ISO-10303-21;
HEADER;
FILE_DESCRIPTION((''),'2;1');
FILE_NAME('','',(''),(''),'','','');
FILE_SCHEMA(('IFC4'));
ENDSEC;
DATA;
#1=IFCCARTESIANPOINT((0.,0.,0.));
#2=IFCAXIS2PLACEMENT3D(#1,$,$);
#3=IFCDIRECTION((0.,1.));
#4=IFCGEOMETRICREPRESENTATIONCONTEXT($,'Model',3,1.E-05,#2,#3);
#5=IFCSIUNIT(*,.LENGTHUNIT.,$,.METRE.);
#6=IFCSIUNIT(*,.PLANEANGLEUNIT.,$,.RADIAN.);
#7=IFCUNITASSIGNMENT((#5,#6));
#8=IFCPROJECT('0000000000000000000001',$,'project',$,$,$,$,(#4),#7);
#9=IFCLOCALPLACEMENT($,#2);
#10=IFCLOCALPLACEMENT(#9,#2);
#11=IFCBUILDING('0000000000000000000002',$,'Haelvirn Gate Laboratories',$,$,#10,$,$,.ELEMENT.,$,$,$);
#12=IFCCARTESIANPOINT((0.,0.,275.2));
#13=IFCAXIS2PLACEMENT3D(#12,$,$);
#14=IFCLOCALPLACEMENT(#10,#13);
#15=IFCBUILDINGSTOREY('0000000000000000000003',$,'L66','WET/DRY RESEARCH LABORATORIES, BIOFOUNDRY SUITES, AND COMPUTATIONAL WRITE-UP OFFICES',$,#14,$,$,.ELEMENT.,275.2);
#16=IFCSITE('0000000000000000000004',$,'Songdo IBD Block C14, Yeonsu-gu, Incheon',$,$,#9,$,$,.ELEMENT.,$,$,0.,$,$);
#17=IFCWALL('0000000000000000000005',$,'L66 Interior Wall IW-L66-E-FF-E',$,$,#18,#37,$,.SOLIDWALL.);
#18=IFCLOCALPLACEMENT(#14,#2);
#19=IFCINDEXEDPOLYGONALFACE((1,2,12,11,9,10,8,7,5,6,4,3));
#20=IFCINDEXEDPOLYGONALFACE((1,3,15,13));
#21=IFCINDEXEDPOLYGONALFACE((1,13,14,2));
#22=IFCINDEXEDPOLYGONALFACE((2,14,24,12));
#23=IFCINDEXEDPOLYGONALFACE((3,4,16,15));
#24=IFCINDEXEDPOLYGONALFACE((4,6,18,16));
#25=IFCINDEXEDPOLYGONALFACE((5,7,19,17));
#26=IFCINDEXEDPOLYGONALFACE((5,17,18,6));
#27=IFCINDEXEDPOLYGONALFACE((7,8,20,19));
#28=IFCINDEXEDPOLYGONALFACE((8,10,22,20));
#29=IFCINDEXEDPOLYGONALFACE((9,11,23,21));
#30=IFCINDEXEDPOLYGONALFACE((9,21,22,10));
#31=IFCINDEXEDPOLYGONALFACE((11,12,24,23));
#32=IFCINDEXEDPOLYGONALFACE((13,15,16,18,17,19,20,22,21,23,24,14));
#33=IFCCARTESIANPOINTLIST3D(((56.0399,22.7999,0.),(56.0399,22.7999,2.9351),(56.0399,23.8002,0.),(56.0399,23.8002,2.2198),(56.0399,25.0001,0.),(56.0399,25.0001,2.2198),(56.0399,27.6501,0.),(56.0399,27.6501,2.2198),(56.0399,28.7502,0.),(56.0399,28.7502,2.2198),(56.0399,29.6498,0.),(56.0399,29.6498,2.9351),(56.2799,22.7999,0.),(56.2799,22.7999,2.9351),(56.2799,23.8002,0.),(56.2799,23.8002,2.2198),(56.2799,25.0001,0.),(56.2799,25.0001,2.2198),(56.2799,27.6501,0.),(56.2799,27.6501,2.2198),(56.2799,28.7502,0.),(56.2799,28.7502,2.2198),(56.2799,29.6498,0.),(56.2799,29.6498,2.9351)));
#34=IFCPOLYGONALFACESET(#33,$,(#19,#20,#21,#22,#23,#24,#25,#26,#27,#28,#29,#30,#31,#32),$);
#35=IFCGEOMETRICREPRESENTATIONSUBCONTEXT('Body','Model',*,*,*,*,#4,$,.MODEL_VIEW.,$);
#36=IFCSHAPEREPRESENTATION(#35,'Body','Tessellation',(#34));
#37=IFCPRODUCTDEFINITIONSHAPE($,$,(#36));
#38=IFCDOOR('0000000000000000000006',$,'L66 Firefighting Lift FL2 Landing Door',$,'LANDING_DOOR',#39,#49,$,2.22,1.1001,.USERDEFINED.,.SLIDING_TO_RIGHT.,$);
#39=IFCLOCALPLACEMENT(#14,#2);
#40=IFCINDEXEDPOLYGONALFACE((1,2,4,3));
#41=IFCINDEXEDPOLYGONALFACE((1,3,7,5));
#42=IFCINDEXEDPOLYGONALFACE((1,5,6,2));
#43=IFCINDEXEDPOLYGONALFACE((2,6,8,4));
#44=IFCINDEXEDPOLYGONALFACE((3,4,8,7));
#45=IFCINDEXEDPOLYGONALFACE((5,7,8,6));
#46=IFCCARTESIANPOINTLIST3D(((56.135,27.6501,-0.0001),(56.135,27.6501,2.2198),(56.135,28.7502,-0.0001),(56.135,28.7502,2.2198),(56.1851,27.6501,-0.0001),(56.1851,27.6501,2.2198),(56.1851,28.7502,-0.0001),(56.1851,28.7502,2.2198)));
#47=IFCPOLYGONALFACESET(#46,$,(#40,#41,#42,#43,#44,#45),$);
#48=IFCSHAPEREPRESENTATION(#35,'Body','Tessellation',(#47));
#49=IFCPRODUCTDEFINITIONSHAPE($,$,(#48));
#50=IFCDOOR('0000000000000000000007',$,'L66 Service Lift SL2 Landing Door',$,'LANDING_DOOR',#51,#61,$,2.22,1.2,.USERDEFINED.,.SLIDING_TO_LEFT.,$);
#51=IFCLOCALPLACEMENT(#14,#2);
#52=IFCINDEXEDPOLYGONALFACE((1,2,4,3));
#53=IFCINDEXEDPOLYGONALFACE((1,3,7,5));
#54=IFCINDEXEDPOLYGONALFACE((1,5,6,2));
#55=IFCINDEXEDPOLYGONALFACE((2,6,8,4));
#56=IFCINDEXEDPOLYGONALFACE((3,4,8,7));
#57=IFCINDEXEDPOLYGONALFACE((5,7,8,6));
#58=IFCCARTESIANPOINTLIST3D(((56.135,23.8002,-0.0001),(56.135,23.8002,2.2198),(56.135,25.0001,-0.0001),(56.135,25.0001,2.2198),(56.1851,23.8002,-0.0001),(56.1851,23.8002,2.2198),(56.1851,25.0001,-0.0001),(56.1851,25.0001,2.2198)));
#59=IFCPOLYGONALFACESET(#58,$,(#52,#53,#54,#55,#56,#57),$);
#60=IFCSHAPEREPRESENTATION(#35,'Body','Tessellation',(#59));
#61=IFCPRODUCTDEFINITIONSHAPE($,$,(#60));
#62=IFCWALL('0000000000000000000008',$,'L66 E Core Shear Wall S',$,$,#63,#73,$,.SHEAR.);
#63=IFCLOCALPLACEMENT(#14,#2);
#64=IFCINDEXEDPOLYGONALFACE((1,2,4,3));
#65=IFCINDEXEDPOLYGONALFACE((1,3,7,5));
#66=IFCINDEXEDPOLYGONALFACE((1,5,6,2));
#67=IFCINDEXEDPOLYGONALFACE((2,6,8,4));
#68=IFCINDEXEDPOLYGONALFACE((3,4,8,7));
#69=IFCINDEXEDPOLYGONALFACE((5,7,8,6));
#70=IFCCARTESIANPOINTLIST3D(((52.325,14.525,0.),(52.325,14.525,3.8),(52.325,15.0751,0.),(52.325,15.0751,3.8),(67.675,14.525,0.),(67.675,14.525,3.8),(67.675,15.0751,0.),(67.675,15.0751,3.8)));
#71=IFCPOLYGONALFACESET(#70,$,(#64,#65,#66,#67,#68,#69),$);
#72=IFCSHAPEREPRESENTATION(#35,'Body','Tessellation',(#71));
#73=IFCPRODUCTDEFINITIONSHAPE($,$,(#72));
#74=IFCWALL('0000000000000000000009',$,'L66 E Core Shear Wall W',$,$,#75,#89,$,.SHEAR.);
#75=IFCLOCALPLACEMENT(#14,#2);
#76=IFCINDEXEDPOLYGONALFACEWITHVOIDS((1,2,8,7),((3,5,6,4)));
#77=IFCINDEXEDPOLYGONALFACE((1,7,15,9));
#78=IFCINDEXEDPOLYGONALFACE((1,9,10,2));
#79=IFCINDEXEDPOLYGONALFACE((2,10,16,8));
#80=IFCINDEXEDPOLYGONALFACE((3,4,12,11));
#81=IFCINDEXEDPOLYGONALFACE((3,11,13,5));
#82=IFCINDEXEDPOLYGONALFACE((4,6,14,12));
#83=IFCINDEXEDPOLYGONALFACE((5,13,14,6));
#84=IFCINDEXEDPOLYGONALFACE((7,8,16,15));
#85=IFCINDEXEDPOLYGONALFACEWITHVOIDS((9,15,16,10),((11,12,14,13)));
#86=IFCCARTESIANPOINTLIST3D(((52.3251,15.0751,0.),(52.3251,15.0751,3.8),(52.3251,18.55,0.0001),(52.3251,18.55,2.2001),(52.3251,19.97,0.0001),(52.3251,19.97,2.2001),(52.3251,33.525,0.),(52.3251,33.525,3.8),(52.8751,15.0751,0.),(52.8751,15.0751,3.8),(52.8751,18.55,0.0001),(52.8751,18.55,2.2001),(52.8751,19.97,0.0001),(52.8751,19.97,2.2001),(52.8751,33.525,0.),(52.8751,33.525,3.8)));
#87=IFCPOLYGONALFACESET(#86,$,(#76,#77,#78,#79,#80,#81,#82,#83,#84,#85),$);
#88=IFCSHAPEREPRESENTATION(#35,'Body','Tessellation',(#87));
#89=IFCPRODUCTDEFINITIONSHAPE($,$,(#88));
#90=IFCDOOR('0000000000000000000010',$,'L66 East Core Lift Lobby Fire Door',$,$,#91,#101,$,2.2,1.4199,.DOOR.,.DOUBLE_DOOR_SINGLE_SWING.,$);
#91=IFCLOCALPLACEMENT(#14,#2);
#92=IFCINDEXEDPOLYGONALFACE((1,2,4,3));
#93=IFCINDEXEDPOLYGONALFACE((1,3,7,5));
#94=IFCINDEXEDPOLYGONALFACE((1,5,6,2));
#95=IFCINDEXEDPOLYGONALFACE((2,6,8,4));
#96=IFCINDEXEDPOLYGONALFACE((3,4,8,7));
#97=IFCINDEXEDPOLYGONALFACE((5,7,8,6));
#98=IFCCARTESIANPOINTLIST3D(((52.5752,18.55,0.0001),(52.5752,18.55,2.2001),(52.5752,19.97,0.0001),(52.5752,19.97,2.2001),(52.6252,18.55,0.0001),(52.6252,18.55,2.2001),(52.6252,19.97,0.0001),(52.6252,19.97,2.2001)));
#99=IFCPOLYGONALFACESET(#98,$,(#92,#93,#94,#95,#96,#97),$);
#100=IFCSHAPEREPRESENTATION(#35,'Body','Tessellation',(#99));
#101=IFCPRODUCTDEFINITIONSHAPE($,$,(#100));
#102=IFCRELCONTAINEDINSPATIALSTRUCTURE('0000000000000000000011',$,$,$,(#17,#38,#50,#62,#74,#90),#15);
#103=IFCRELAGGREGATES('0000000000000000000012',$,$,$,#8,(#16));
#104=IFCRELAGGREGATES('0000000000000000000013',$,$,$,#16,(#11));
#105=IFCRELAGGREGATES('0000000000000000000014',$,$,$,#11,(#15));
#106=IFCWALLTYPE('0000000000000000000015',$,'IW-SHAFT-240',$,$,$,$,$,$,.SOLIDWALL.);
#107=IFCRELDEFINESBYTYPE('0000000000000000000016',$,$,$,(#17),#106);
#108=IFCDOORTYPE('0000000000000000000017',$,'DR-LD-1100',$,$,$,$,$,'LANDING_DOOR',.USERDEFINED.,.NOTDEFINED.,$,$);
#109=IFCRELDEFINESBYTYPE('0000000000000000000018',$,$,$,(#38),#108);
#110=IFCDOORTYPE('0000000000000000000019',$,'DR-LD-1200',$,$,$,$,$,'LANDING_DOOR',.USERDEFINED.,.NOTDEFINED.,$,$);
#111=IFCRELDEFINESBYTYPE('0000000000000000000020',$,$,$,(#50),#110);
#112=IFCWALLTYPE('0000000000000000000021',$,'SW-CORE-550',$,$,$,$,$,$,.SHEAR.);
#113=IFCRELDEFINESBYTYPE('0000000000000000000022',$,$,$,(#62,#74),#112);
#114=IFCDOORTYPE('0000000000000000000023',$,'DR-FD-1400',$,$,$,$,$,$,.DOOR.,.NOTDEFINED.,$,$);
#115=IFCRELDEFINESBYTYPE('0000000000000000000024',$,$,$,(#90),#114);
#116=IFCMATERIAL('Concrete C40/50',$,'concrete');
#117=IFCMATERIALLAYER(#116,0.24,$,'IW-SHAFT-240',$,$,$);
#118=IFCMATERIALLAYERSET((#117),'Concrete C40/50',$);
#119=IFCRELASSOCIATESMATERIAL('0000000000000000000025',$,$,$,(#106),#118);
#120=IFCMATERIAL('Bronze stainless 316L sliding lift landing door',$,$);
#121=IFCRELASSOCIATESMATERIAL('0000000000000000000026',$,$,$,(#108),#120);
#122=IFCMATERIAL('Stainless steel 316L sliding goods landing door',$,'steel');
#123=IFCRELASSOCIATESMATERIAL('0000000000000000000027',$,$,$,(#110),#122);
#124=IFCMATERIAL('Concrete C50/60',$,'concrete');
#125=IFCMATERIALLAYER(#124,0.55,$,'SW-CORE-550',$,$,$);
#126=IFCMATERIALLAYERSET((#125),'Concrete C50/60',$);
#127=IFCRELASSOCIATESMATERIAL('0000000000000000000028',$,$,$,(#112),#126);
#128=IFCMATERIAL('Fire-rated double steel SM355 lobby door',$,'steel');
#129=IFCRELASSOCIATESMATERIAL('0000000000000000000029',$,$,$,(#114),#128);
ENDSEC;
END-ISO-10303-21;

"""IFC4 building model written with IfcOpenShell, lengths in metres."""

from ifc_helpers import new_model, si_unit, direction, frame, frame_2d, origin, place, context, subcontext, project, spatial, rectangle, extrude, source, transform, mapped, material, layer, layer_set, type_object, type_shapes, element, fill, save


model = new_model("IFC4")

# Units and contexts
model_context = context("Model", 3, precision=1e-05, world=origin(), true_north=direction((0.0, 1.0)))
body_context = subcontext(model_context, "Body", "Model", "MODEL_VIEW")
ifc_project = project(units=[si_unit("LENGTHUNIT", "METRE"), si_unit("PLANEANGLEUNIT", "RADIAN")], contexts=[model_context])

# Site, building, storey
site_placement = place(None, origin())
site = spatial("IfcSite", under=ifc_project, at=site_placement, Name="Songdo IBD Block C14, Yeonsu-gu, Incheon", CompositionType="ELEMENT", RefElevation=0.0)
building_placement = place(site_placement, origin())
building = spatial("IfcBuilding", under=site, at=building_placement, Name="Haelvirn Gate Laboratories", CompositionType="ELEMENT")
storey_placement = place(building_placement, frame((0.0, 0.0, 275.2)))
storey = spatial("IfcBuildingStorey", under=building, at=storey_placement, Name="L66", Description="WET/DRY RESEARCH LABORATORIES, BIOFOUNDRY SUITES, AND COMPUTATIONAL WRITE-UP OFFICES", CompositionType="ELEMENT", Elevation=275.2)

# Shared definitions
ifc_material_1 = material(Name="Concrete C50/60", Category="concrete")

# Shared definitions
ifc_material_2 = material(Name="Concrete C40/50", Category="concrete")

# Wall, openings, doors
ifc_layer_1 = layer(ifc_material_2, 0.24, Name="IW-SHAFT-240")
ifc_layer_set_1 = layer_set([ifc_layer_1], Name="Concrete C40/50")
wall_type_1 = type_object("IfcWallType", Name="IW-SHAFT-240", PredefinedType="SOLIDWALL", material=ifc_layer_set_1)
wall_1_placement = place(storey_placement, frame((56.1599, 22.8, 0.0), z_axis=(0.0, 0.0, 1.0), x_axis=(0.0, 1.0, 0.0)))
wall_1 = element("IfcWall", 1, at=wall_1_placement, inside=storey, type_object=wall_type_1, Name="L66 Interior Wall IW-L66-E-FF-E", PredefinedType="SOLIDWALL", context=body_context, shape_type="SweptSolid", body=[
    extrude(rectangle(XDim=6.8499, YDim=0.24, at=frame_2d((3.4248, 0.0))), origin(), (0.0, 0.0, 1.0), 2.9351),
])
opening_1_placement = place(wall_1_placement, frame((4.8501, 0.0, 0.0)))
opening_1 = element("IfcOpeningElement", 2, at=opening_1_placement, cuts=wall_1, PredefinedType="OPENING", context=body_context, shape_type="SweptSolid", body=[
    extrude(rectangle(XDim=1.1001, YDim=2.22, at=frame_2d((0.55, 1.1099))), frame((0.0, 0.1299, 0.0), z_axis=(0.0, -1.0, 0.0), x_axis=(1.0, 0.0, 0.0)), (0.0, 0.0, 1.0), 0.26),
])
opening_2_placement = place(wall_1_placement, frame((1.0, 0.0, 0.0)))
opening_2 = element("IfcOpeningElement", 3, at=opening_2_placement, cuts=wall_1, PredefinedType="OPENING", context=body_context, shape_type="SweptSolid", body=[
    extrude(rectangle(XDim=1.2, YDim=2.22, at=frame_2d((0.6001, 1.1099))), frame((0.0, 0.1299, 0.0), z_axis=(0.0, -1.0, 0.0), x_axis=(1.0, 0.0, 0.0)), (0.0, 0.0, 1.0), 0.26),
])
ifc_material_3 = material(Name="Bronze stainless 316L sliding lift landing door")
door_type_1 = type_object("IfcDoorType", Name="DR-LD-1100", ElementType="LANDING_DOOR", OperationType="NOTDEFINED", PredefinedType="USERDEFINED", material=ifc_material_3)
shared_shape_1 = source(origin(), body_context, "Body", "SweptSolid", [
    extrude(rectangle(XDim=1.1001, YDim=2.22, at=frame_2d((0.55, 1.1099))), frame((0.0, 0.0249, 0.0), z_axis=(0.0, -1.0, 0.0), x_axis=(1.0, 0.0, 0.0)), (0.0, 0.0, 1.0), 0.05),
])
type_shapes(door_type_1, [shared_shape_1])
door_1_placement = place(opening_1_placement, origin())
door_1 = element("IfcDoor", 4, at=door_1_placement, inside=storey, type_object=door_type_1, Name="L66 Firefighting Lift FL2 Landing Door", ObjectType="LANDING_DOOR", OperationType="SLIDING_TO_RIGHT", OverallHeight=2.22, OverallWidth=1.1001, PredefinedType="USERDEFINED", context=body_context, shape_type="MappedRepresentation", body=[
    mapped(shared_shape_1, transform((0.0, 0.0, 0.0), scale=1.0)),
])
fill(opening_1, door_1)
ifc_material_4 = material(Name="Stainless steel 316L sliding goods landing door", Category="steel")
door_type_2 = type_object("IfcDoorType", Name="DR-LD-1200", ElementType="LANDING_DOOR", OperationType="NOTDEFINED", PredefinedType="USERDEFINED", material=ifc_material_4)
shared_shape_2 = source(origin(), body_context, "Body", "SweptSolid", [
    extrude(rectangle(XDim=1.2, YDim=2.22, at=frame_2d((0.6001, 1.1099))), frame((0.0, 0.0249, 0.0), z_axis=(0.0, -1.0, 0.0), x_axis=(1.0, 0.0, 0.0)), (0.0, 0.0, 1.0), 0.05),
])
type_shapes(door_type_2, [shared_shape_2])
door_2_placement = place(opening_2_placement, origin())
door_2 = element("IfcDoor", 5, at=door_2_placement, inside=storey, type_object=door_type_2, Name="L66 Service Lift SL2 Landing Door", ObjectType="LANDING_DOOR", OperationType="SLIDING_TO_LEFT", OverallHeight=2.22, OverallWidth=1.2, PredefinedType="USERDEFINED", context=body_context, shape_type="MappedRepresentation", body=[
    mapped(shared_shape_2, transform((0.0, 0.0, 0.0), scale=1.0)),
])
fill(opening_2, door_2)

# Wall
ifc_layer_2 = layer(ifc_material_1, 0.55, Name="SW-CORE-550")
ifc_layer_set_2 = layer_set([ifc_layer_2], Name="Concrete C50/60")
wall_type_2 = type_object("IfcWallType", Name="SW-CORE-550", PredefinedType="SHEAR", material=ifc_layer_set_2)
wall_2_placement = place(storey_placement, frame((52.325, 14.8, 0.0), z_axis=(0.0, 0.0, 1.0), x_axis=(1.0, 0.0, 0.0)))
element("IfcWall", 6, at=wall_2_placement, inside=storey, type_object=wall_type_2, Name="L66 E Core Shear Wall S", PredefinedType="SHEAR", context=body_context, shape_type="SweptSolid", body=[
    extrude(rectangle(XDim=15.3501, YDim=0.55, at=frame_2d((7.675, 0.0))), origin(), (0.0, 0.0, 1.0), 3.8),
])

# Wall, opening, door
wall_3_placement = place(storey_placement, frame((52.6001, 15.075, 0.0), z_axis=(0.0, 0.0, 1.0), x_axis=(0.0, 1.0, 0.0)))
wall_3 = element("IfcWall", 7, at=wall_3_placement, inside=storey, type_object=wall_type_2, Name="L66 E Core Shear Wall W", PredefinedType="SHEAR", context=body_context, shape_type="SweptSolid", body=[
    extrude(rectangle(XDim=18.45, YDim=0.55, at=frame_2d((9.2251, 0.0))), origin(), (0.0, 0.0, 1.0), 3.8),
])
opening_3_placement = place(wall_3_placement, frame((3.4751, 0.0, 0.0)))
opening_3 = element("IfcOpeningElement", 8, at=opening_3_placement, cuts=wall_3, PredefinedType="OPENING", context=body_context, shape_type="SweptSolid", body=[
    extrude(rectangle(XDim=1.4199, YDim=2.2, at=frame_2d((0.71, 1.1001))), frame((0.0, 0.2852, 0.0), z_axis=(0.0, -1.0, 0.0), x_axis=(1.0, 0.0, 0.0)), (0.0, 0.0, 1.0), 0.5701),
])
ifc_material_5 = material(Name="Fire-rated double steel SM355 lobby door", Category="steel")
door_type_3 = type_object("IfcDoorType", Name="DR-FD-1400", OperationType="NOTDEFINED", PredefinedType="DOOR", material=ifc_material_5)
shared_shape_3 = source(origin(), body_context, "Body", "SweptSolid", [
    extrude(rectangle(XDim=1.4199, YDim=2.2, at=frame_2d((0.71, 1.1001))), frame((0.0, 0.0249, 0.0), z_axis=(0.0, -1.0, 0.0), x_axis=(1.0, 0.0, 0.0)), (0.0, 0.0, 1.0), 0.05),
])
type_shapes(door_type_3, [shared_shape_3])
door_3_placement = place(opening_3_placement, origin())
door_3 = element("IfcDoor", 9, at=door_3_placement, inside=storey, type_object=door_type_3, Name="L66 East Core Lift Lobby Fire Door", OperationType="DOUBLE_DOOR_SINGLE_SWING", OverallHeight=2.2, OverallWidth=1.4199, PredefinedType="DOOR", context=body_context, shape_type="MappedRepresentation", body=[
    mapped(shared_shape_3, transform((0.0, 0.0, 0.0), scale=1.0)),
])
fill(opening_3, door_3)

save(model, "model.ifc")
